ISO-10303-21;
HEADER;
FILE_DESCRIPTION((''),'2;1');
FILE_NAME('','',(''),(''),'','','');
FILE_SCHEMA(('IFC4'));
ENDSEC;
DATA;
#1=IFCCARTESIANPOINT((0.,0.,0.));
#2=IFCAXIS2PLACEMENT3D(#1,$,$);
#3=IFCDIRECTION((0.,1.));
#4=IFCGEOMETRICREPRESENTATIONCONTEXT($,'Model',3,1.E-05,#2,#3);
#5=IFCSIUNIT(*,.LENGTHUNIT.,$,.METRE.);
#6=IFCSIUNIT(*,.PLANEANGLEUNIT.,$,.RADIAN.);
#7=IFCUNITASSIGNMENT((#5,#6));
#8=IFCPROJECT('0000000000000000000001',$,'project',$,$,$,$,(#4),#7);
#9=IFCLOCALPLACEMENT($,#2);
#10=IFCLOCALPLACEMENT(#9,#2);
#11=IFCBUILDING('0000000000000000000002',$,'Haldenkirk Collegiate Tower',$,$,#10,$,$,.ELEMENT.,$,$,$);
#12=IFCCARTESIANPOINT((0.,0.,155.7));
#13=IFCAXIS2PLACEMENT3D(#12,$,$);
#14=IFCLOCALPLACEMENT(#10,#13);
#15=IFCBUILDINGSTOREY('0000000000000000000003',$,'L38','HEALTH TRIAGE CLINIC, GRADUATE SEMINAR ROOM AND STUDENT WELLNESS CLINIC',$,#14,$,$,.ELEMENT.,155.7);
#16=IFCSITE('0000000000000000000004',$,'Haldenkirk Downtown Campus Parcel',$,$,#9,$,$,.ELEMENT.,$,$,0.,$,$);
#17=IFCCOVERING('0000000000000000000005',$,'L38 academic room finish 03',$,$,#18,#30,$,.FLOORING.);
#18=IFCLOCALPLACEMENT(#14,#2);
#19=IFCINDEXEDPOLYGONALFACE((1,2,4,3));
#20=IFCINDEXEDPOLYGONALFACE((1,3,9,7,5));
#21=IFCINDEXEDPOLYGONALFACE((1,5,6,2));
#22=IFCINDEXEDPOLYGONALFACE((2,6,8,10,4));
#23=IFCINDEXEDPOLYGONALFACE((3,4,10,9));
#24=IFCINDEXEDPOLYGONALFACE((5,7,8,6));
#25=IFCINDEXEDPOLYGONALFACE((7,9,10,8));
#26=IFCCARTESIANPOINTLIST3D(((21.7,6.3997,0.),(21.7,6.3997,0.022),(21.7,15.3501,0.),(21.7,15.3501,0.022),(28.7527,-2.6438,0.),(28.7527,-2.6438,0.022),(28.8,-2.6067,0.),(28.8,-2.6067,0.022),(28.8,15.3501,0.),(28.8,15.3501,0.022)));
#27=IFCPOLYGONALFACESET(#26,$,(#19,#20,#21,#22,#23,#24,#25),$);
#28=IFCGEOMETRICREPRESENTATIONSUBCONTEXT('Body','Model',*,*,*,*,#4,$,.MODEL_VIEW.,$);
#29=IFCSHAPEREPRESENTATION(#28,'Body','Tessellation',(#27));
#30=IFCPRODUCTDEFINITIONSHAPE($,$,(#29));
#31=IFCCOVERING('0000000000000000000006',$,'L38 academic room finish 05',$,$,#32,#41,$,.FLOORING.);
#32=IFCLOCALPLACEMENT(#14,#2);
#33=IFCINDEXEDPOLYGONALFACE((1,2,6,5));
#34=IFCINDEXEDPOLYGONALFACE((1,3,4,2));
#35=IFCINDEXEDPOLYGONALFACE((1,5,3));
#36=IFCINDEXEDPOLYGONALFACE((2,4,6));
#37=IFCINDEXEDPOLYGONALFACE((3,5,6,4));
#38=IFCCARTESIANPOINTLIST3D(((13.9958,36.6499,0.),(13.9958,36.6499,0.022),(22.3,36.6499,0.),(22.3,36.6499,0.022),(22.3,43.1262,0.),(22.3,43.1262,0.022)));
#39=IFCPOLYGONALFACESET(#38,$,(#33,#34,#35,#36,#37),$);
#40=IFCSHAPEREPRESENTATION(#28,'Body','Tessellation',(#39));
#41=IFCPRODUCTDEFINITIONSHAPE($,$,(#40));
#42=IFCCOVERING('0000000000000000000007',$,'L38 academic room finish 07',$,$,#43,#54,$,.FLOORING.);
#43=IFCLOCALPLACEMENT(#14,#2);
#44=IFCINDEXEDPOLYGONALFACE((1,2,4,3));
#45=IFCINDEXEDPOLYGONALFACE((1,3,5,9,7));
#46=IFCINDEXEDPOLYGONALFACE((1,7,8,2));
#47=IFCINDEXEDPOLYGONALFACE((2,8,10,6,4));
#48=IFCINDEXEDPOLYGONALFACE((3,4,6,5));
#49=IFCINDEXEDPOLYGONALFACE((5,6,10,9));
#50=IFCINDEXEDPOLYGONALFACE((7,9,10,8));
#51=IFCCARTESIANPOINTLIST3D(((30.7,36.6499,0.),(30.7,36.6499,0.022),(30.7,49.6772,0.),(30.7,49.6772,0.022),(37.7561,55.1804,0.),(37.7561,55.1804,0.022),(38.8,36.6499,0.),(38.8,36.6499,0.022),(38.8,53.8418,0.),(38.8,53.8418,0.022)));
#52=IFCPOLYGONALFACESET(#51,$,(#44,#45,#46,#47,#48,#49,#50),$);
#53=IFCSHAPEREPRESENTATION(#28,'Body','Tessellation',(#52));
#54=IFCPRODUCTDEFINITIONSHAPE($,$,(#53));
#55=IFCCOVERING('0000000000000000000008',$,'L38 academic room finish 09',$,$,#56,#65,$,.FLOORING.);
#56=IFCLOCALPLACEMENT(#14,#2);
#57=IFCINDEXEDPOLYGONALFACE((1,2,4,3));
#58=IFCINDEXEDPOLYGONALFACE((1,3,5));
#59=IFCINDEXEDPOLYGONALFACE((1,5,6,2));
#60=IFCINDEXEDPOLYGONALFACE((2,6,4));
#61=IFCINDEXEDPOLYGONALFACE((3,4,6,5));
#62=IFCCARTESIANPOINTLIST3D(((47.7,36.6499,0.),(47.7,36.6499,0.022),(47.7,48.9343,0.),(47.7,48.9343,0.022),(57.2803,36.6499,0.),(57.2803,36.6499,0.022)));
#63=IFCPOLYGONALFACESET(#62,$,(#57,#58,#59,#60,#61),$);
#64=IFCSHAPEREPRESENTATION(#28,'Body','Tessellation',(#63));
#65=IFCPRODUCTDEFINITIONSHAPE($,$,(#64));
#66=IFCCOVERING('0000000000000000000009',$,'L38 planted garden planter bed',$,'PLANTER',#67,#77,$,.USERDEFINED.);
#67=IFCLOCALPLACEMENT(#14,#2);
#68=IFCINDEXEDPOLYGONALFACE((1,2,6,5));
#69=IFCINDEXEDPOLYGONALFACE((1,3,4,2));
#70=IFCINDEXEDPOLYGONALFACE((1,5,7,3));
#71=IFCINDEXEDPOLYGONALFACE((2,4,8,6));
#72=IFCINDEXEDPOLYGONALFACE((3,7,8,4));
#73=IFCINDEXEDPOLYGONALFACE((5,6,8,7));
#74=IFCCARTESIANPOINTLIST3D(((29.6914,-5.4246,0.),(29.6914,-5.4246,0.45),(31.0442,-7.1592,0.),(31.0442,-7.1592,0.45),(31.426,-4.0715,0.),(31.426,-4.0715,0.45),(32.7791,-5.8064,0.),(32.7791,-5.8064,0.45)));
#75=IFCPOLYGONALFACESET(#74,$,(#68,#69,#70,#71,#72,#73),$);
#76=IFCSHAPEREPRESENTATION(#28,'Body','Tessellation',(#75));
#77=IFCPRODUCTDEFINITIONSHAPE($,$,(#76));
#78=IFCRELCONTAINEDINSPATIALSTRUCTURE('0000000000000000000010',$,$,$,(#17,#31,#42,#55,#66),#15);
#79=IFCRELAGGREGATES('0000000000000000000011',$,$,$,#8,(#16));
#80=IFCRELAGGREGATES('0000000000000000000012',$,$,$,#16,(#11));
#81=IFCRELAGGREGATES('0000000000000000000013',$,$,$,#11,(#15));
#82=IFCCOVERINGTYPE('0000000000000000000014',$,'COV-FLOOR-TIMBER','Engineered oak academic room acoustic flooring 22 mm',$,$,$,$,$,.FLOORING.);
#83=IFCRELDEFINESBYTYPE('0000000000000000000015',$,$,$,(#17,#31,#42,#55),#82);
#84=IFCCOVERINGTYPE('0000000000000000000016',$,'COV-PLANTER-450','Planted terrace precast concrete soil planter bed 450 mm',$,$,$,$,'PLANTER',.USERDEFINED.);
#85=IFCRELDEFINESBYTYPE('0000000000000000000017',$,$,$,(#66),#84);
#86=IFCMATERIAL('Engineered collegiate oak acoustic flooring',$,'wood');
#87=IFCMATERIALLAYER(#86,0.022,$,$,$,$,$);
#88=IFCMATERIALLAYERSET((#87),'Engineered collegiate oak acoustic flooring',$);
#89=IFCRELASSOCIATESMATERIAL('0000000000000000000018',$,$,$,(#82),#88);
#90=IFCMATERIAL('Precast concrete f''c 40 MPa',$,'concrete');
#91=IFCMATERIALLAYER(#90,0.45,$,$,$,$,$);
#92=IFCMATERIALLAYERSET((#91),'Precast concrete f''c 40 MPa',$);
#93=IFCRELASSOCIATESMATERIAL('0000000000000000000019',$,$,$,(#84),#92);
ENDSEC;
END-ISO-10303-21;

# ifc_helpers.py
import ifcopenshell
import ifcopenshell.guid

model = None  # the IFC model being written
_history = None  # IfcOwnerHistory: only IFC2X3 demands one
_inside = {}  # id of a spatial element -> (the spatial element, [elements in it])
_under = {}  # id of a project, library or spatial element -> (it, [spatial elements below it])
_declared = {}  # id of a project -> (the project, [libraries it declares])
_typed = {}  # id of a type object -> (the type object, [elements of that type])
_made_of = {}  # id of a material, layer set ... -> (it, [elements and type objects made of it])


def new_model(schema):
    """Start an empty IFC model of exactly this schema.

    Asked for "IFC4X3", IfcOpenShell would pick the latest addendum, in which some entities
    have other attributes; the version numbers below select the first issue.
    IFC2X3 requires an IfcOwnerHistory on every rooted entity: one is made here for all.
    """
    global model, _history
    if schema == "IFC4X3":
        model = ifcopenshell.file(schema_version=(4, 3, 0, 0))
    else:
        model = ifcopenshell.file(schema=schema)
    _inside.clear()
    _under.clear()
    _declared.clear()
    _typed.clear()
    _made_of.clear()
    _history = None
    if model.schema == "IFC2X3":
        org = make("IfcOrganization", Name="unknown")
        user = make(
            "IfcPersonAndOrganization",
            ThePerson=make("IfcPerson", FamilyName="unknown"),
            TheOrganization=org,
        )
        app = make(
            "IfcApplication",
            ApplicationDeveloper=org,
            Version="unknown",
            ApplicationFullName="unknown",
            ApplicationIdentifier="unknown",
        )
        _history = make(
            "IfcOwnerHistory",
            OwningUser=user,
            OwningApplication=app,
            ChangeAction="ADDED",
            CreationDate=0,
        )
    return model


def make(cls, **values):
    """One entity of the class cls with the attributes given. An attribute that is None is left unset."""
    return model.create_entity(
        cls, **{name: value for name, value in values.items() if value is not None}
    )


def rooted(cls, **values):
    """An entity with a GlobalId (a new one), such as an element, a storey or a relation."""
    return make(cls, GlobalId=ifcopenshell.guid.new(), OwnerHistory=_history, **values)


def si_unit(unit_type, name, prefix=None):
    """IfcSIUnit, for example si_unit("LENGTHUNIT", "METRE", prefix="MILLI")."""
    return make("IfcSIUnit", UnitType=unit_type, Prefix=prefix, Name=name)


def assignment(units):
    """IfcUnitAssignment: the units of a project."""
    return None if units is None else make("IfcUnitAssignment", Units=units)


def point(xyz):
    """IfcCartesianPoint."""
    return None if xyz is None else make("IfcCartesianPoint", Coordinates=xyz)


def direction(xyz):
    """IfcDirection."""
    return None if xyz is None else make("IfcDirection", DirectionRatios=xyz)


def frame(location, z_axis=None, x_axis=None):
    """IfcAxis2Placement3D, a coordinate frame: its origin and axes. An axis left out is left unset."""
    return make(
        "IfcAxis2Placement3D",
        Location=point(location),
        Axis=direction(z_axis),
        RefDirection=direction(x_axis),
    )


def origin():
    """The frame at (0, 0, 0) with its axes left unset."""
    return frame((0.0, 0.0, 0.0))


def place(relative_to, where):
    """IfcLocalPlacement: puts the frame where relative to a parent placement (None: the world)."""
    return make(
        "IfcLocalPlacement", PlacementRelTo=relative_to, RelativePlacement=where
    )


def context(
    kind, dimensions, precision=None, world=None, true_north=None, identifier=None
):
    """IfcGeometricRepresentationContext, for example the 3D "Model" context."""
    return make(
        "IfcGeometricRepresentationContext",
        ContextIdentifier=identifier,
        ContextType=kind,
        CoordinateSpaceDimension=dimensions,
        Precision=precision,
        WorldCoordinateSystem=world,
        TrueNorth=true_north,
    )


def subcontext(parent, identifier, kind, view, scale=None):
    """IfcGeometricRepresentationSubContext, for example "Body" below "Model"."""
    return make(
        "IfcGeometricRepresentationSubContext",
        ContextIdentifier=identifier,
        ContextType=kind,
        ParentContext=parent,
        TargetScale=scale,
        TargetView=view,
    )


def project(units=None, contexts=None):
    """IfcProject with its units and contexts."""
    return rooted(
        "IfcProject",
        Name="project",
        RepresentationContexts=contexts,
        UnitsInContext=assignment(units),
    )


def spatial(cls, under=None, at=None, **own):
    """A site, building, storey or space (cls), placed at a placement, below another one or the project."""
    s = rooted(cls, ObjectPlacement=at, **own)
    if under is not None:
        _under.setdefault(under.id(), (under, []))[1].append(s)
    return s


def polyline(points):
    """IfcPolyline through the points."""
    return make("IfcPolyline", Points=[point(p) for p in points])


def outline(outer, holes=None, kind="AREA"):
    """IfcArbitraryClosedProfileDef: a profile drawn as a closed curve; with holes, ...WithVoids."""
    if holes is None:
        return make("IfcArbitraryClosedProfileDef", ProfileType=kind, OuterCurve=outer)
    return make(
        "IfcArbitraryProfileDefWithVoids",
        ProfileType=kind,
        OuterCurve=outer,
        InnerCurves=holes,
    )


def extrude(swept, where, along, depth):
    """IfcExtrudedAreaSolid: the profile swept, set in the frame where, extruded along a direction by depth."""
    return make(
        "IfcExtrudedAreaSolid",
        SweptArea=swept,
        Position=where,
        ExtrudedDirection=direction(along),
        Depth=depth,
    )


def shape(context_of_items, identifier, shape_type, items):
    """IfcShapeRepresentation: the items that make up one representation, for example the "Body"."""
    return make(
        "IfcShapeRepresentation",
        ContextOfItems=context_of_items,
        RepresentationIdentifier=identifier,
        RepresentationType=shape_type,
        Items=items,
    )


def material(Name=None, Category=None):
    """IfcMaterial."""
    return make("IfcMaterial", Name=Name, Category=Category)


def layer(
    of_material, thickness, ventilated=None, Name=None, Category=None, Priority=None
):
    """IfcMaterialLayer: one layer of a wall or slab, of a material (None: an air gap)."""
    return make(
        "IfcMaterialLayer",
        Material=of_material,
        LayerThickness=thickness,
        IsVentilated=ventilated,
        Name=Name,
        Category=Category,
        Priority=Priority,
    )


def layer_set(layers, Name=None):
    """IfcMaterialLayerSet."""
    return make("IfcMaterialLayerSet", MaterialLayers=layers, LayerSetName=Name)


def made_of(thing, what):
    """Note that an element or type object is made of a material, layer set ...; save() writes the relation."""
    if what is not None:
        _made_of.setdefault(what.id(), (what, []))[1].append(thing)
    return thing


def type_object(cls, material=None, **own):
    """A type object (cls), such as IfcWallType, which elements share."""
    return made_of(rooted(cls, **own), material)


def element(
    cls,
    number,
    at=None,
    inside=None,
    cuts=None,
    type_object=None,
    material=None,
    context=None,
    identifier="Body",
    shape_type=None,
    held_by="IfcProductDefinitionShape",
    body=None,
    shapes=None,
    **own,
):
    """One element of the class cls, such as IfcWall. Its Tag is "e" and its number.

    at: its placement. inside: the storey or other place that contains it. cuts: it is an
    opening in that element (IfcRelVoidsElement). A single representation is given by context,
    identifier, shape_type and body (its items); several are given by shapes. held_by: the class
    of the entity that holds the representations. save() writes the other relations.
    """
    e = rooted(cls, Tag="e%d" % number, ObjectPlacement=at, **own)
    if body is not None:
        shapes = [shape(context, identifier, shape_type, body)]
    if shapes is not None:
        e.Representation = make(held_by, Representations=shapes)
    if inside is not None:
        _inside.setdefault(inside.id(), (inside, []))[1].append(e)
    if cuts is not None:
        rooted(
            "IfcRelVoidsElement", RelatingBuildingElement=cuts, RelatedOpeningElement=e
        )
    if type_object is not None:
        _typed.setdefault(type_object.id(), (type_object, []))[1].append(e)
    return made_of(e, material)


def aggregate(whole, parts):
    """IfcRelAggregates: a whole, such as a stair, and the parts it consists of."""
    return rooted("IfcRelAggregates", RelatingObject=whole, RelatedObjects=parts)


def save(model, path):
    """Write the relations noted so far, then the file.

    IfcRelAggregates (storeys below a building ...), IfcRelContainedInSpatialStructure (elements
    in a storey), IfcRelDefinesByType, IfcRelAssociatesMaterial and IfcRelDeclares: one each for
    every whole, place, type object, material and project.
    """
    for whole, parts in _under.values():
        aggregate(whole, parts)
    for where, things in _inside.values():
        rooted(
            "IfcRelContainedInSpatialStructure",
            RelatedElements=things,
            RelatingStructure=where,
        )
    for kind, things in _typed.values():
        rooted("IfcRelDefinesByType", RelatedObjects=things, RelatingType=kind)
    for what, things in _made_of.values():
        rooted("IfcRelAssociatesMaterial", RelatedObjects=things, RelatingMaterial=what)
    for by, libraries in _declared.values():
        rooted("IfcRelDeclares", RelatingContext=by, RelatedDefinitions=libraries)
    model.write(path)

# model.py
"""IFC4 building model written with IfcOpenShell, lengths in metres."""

from ifc_helpers import new_model, si_unit, direction, frame, origin, place, context, subcontext, project, spatial, polyline, outline, extrude, material, layer, layer_set, type_object, element, save


model = new_model("IFC4")

# Units and contexts
model_context = context("Model", 3, precision=1e-05, world=origin(), true_north=direction((0.0, 1.0)))
body_context = subcontext(model_context, "Body", "Model", "MODEL_VIEW")
ifc_project = project(units=[si_unit("LENGTHUNIT", "METRE"), si_unit("PLANEANGLEUNIT", "RADIAN")], contexts=[model_context])

# Site, building, storey
site_placement = place(None, origin())
site = spatial("IfcSite", under=ifc_project, at=site_placement, Name="Haldenkirk Downtown Campus Parcel", CompositionType="ELEMENT", RefElevation=0.0)
building_placement = place(site_placement, origin())
building = spatial("IfcBuilding", under=site, at=building_placement, Name="Haldenkirk Collegiate Tower", CompositionType="ELEMENT")
storey_placement = place(building_placement, frame((0.0, 0.0, 155.7)))
storey = spatial("IfcBuildingStorey", under=building, at=storey_placement, Name="L38", Description="HEALTH TRIAGE CLINIC, GRADUATE SEMINAR ROOM AND STUDENT WELLNESS CLINIC", CompositionType="ELEMENT", Elevation=155.7)

# Coverings
ifc_material_1 = material(Name="Engineered collegiate oak acoustic flooring", Category="wood")
ifc_layer_1 = layer(ifc_material_1, 0.022)
ifc_layer_set_1 = layer_set([ifc_layer_1], Name="Engineered collegiate oak acoustic flooring")
covering_type_1 = type_object("IfcCoveringType", Name="COV-FLOOR-TIMBER", Description="Engineered oak academic room acoustic flooring 22 mm", PredefinedType="FLOORING", material=ifc_layer_set_1)
covering_1_placement = place(storey_placement, origin())
element("IfcCovering", 1, at=covering_1_placement, inside=storey, type_object=covering_type_1, Name="L38 academic room finish 03", PredefinedType="FLOORING", context=body_context, shape_type="SweptSolid", body=[
    extrude(outline(polyline([(28.7527, -2.6438), (21.7, 6.3997), (21.7, 15.3501), (28.8, 15.3501), (28.8, -2.6067), (28.7527, -2.6438)])), origin(), (0.0, 0.0, 1.0), 0.022),
])
covering_2_placement = place(storey_placement, origin())
element("IfcCovering", 2, at=covering_2_placement, inside=storey, type_object=covering_type_1, Name="L38 academic room finish 05", PredefinedType="FLOORING", context=body_context, shape_type="SweptSolid", body=[
    extrude(outline(polyline([(22.3, 43.1262), (22.3, 36.6499), (13.9958, 36.6499), (22.3, 43.1262)])), origin(), (0.0, 0.0, 1.0), 0.022),
])
covering_3_placement = place(storey_placement, origin())
element("IfcCovering", 3, at=covering_3_placement, inside=storey, type_object=covering_type_1, Name="L38 academic room finish 07", PredefinedType="FLOORING", context=body_context, shape_type="SweptSolid", body=[
    extrude(outline(polyline([(38.8, 53.8418), (38.8, 36.6499), (30.7, 36.6499), (30.7, 49.6772), (37.7561, 55.1804), (38.8, 53.8418)])), origin(), (0.0, 0.0, 1.0), 0.022),
])
covering_4_placement = place(storey_placement, origin())
element("IfcCovering", 4, at=covering_4_placement, inside=storey, type_object=covering_type_1, Name="L38 academic room finish 09", PredefinedType="FLOORING", context=body_context, shape_type="SweptSolid", body=[
    extrude(outline(polyline([(57.2803, 36.6499), (47.7, 36.6499), (47.7, 48.9343), (57.2803, 36.6499)])), origin(), (0.0, 0.0, 1.0), 0.022),
])
ifc_material_2 = material(Name="Precast concrete f'c 40 MPa", Category="concrete")
ifc_layer_2 = layer(ifc_material_2, 0.45)
ifc_layer_set_2 = layer_set([ifc_layer_2], Name="Precast concrete f'c 40 MPa")
covering_type_2 = type_object("IfcCoveringType", Name="COV-PLANTER-450", Description="Planted terrace precast concrete soil planter bed 450 mm", ElementType="PLANTER", PredefinedType="USERDEFINED", material=ifc_layer_set_2)
covering_5_placement = place(storey_placement, origin())
element("IfcCovering", 5, at=covering_5_placement, inside=storey, type_object=covering_type_2, Name="L38 planted garden planter bed", ObjectType="PLANTER", PredefinedType="USERDEFINED", context=body_context, shape_type="SweptSolid", body=[
    extrude(outline(polyline([(31.0442, -7.1592), (29.6914, -5.4246), (31.426, -4.0715), (32.7791, -5.8064), (31.0442, -7.1592)])), origin(), (0.0, 0.0, 1.0), 0.45),
])

save(model, "model.ifc")
